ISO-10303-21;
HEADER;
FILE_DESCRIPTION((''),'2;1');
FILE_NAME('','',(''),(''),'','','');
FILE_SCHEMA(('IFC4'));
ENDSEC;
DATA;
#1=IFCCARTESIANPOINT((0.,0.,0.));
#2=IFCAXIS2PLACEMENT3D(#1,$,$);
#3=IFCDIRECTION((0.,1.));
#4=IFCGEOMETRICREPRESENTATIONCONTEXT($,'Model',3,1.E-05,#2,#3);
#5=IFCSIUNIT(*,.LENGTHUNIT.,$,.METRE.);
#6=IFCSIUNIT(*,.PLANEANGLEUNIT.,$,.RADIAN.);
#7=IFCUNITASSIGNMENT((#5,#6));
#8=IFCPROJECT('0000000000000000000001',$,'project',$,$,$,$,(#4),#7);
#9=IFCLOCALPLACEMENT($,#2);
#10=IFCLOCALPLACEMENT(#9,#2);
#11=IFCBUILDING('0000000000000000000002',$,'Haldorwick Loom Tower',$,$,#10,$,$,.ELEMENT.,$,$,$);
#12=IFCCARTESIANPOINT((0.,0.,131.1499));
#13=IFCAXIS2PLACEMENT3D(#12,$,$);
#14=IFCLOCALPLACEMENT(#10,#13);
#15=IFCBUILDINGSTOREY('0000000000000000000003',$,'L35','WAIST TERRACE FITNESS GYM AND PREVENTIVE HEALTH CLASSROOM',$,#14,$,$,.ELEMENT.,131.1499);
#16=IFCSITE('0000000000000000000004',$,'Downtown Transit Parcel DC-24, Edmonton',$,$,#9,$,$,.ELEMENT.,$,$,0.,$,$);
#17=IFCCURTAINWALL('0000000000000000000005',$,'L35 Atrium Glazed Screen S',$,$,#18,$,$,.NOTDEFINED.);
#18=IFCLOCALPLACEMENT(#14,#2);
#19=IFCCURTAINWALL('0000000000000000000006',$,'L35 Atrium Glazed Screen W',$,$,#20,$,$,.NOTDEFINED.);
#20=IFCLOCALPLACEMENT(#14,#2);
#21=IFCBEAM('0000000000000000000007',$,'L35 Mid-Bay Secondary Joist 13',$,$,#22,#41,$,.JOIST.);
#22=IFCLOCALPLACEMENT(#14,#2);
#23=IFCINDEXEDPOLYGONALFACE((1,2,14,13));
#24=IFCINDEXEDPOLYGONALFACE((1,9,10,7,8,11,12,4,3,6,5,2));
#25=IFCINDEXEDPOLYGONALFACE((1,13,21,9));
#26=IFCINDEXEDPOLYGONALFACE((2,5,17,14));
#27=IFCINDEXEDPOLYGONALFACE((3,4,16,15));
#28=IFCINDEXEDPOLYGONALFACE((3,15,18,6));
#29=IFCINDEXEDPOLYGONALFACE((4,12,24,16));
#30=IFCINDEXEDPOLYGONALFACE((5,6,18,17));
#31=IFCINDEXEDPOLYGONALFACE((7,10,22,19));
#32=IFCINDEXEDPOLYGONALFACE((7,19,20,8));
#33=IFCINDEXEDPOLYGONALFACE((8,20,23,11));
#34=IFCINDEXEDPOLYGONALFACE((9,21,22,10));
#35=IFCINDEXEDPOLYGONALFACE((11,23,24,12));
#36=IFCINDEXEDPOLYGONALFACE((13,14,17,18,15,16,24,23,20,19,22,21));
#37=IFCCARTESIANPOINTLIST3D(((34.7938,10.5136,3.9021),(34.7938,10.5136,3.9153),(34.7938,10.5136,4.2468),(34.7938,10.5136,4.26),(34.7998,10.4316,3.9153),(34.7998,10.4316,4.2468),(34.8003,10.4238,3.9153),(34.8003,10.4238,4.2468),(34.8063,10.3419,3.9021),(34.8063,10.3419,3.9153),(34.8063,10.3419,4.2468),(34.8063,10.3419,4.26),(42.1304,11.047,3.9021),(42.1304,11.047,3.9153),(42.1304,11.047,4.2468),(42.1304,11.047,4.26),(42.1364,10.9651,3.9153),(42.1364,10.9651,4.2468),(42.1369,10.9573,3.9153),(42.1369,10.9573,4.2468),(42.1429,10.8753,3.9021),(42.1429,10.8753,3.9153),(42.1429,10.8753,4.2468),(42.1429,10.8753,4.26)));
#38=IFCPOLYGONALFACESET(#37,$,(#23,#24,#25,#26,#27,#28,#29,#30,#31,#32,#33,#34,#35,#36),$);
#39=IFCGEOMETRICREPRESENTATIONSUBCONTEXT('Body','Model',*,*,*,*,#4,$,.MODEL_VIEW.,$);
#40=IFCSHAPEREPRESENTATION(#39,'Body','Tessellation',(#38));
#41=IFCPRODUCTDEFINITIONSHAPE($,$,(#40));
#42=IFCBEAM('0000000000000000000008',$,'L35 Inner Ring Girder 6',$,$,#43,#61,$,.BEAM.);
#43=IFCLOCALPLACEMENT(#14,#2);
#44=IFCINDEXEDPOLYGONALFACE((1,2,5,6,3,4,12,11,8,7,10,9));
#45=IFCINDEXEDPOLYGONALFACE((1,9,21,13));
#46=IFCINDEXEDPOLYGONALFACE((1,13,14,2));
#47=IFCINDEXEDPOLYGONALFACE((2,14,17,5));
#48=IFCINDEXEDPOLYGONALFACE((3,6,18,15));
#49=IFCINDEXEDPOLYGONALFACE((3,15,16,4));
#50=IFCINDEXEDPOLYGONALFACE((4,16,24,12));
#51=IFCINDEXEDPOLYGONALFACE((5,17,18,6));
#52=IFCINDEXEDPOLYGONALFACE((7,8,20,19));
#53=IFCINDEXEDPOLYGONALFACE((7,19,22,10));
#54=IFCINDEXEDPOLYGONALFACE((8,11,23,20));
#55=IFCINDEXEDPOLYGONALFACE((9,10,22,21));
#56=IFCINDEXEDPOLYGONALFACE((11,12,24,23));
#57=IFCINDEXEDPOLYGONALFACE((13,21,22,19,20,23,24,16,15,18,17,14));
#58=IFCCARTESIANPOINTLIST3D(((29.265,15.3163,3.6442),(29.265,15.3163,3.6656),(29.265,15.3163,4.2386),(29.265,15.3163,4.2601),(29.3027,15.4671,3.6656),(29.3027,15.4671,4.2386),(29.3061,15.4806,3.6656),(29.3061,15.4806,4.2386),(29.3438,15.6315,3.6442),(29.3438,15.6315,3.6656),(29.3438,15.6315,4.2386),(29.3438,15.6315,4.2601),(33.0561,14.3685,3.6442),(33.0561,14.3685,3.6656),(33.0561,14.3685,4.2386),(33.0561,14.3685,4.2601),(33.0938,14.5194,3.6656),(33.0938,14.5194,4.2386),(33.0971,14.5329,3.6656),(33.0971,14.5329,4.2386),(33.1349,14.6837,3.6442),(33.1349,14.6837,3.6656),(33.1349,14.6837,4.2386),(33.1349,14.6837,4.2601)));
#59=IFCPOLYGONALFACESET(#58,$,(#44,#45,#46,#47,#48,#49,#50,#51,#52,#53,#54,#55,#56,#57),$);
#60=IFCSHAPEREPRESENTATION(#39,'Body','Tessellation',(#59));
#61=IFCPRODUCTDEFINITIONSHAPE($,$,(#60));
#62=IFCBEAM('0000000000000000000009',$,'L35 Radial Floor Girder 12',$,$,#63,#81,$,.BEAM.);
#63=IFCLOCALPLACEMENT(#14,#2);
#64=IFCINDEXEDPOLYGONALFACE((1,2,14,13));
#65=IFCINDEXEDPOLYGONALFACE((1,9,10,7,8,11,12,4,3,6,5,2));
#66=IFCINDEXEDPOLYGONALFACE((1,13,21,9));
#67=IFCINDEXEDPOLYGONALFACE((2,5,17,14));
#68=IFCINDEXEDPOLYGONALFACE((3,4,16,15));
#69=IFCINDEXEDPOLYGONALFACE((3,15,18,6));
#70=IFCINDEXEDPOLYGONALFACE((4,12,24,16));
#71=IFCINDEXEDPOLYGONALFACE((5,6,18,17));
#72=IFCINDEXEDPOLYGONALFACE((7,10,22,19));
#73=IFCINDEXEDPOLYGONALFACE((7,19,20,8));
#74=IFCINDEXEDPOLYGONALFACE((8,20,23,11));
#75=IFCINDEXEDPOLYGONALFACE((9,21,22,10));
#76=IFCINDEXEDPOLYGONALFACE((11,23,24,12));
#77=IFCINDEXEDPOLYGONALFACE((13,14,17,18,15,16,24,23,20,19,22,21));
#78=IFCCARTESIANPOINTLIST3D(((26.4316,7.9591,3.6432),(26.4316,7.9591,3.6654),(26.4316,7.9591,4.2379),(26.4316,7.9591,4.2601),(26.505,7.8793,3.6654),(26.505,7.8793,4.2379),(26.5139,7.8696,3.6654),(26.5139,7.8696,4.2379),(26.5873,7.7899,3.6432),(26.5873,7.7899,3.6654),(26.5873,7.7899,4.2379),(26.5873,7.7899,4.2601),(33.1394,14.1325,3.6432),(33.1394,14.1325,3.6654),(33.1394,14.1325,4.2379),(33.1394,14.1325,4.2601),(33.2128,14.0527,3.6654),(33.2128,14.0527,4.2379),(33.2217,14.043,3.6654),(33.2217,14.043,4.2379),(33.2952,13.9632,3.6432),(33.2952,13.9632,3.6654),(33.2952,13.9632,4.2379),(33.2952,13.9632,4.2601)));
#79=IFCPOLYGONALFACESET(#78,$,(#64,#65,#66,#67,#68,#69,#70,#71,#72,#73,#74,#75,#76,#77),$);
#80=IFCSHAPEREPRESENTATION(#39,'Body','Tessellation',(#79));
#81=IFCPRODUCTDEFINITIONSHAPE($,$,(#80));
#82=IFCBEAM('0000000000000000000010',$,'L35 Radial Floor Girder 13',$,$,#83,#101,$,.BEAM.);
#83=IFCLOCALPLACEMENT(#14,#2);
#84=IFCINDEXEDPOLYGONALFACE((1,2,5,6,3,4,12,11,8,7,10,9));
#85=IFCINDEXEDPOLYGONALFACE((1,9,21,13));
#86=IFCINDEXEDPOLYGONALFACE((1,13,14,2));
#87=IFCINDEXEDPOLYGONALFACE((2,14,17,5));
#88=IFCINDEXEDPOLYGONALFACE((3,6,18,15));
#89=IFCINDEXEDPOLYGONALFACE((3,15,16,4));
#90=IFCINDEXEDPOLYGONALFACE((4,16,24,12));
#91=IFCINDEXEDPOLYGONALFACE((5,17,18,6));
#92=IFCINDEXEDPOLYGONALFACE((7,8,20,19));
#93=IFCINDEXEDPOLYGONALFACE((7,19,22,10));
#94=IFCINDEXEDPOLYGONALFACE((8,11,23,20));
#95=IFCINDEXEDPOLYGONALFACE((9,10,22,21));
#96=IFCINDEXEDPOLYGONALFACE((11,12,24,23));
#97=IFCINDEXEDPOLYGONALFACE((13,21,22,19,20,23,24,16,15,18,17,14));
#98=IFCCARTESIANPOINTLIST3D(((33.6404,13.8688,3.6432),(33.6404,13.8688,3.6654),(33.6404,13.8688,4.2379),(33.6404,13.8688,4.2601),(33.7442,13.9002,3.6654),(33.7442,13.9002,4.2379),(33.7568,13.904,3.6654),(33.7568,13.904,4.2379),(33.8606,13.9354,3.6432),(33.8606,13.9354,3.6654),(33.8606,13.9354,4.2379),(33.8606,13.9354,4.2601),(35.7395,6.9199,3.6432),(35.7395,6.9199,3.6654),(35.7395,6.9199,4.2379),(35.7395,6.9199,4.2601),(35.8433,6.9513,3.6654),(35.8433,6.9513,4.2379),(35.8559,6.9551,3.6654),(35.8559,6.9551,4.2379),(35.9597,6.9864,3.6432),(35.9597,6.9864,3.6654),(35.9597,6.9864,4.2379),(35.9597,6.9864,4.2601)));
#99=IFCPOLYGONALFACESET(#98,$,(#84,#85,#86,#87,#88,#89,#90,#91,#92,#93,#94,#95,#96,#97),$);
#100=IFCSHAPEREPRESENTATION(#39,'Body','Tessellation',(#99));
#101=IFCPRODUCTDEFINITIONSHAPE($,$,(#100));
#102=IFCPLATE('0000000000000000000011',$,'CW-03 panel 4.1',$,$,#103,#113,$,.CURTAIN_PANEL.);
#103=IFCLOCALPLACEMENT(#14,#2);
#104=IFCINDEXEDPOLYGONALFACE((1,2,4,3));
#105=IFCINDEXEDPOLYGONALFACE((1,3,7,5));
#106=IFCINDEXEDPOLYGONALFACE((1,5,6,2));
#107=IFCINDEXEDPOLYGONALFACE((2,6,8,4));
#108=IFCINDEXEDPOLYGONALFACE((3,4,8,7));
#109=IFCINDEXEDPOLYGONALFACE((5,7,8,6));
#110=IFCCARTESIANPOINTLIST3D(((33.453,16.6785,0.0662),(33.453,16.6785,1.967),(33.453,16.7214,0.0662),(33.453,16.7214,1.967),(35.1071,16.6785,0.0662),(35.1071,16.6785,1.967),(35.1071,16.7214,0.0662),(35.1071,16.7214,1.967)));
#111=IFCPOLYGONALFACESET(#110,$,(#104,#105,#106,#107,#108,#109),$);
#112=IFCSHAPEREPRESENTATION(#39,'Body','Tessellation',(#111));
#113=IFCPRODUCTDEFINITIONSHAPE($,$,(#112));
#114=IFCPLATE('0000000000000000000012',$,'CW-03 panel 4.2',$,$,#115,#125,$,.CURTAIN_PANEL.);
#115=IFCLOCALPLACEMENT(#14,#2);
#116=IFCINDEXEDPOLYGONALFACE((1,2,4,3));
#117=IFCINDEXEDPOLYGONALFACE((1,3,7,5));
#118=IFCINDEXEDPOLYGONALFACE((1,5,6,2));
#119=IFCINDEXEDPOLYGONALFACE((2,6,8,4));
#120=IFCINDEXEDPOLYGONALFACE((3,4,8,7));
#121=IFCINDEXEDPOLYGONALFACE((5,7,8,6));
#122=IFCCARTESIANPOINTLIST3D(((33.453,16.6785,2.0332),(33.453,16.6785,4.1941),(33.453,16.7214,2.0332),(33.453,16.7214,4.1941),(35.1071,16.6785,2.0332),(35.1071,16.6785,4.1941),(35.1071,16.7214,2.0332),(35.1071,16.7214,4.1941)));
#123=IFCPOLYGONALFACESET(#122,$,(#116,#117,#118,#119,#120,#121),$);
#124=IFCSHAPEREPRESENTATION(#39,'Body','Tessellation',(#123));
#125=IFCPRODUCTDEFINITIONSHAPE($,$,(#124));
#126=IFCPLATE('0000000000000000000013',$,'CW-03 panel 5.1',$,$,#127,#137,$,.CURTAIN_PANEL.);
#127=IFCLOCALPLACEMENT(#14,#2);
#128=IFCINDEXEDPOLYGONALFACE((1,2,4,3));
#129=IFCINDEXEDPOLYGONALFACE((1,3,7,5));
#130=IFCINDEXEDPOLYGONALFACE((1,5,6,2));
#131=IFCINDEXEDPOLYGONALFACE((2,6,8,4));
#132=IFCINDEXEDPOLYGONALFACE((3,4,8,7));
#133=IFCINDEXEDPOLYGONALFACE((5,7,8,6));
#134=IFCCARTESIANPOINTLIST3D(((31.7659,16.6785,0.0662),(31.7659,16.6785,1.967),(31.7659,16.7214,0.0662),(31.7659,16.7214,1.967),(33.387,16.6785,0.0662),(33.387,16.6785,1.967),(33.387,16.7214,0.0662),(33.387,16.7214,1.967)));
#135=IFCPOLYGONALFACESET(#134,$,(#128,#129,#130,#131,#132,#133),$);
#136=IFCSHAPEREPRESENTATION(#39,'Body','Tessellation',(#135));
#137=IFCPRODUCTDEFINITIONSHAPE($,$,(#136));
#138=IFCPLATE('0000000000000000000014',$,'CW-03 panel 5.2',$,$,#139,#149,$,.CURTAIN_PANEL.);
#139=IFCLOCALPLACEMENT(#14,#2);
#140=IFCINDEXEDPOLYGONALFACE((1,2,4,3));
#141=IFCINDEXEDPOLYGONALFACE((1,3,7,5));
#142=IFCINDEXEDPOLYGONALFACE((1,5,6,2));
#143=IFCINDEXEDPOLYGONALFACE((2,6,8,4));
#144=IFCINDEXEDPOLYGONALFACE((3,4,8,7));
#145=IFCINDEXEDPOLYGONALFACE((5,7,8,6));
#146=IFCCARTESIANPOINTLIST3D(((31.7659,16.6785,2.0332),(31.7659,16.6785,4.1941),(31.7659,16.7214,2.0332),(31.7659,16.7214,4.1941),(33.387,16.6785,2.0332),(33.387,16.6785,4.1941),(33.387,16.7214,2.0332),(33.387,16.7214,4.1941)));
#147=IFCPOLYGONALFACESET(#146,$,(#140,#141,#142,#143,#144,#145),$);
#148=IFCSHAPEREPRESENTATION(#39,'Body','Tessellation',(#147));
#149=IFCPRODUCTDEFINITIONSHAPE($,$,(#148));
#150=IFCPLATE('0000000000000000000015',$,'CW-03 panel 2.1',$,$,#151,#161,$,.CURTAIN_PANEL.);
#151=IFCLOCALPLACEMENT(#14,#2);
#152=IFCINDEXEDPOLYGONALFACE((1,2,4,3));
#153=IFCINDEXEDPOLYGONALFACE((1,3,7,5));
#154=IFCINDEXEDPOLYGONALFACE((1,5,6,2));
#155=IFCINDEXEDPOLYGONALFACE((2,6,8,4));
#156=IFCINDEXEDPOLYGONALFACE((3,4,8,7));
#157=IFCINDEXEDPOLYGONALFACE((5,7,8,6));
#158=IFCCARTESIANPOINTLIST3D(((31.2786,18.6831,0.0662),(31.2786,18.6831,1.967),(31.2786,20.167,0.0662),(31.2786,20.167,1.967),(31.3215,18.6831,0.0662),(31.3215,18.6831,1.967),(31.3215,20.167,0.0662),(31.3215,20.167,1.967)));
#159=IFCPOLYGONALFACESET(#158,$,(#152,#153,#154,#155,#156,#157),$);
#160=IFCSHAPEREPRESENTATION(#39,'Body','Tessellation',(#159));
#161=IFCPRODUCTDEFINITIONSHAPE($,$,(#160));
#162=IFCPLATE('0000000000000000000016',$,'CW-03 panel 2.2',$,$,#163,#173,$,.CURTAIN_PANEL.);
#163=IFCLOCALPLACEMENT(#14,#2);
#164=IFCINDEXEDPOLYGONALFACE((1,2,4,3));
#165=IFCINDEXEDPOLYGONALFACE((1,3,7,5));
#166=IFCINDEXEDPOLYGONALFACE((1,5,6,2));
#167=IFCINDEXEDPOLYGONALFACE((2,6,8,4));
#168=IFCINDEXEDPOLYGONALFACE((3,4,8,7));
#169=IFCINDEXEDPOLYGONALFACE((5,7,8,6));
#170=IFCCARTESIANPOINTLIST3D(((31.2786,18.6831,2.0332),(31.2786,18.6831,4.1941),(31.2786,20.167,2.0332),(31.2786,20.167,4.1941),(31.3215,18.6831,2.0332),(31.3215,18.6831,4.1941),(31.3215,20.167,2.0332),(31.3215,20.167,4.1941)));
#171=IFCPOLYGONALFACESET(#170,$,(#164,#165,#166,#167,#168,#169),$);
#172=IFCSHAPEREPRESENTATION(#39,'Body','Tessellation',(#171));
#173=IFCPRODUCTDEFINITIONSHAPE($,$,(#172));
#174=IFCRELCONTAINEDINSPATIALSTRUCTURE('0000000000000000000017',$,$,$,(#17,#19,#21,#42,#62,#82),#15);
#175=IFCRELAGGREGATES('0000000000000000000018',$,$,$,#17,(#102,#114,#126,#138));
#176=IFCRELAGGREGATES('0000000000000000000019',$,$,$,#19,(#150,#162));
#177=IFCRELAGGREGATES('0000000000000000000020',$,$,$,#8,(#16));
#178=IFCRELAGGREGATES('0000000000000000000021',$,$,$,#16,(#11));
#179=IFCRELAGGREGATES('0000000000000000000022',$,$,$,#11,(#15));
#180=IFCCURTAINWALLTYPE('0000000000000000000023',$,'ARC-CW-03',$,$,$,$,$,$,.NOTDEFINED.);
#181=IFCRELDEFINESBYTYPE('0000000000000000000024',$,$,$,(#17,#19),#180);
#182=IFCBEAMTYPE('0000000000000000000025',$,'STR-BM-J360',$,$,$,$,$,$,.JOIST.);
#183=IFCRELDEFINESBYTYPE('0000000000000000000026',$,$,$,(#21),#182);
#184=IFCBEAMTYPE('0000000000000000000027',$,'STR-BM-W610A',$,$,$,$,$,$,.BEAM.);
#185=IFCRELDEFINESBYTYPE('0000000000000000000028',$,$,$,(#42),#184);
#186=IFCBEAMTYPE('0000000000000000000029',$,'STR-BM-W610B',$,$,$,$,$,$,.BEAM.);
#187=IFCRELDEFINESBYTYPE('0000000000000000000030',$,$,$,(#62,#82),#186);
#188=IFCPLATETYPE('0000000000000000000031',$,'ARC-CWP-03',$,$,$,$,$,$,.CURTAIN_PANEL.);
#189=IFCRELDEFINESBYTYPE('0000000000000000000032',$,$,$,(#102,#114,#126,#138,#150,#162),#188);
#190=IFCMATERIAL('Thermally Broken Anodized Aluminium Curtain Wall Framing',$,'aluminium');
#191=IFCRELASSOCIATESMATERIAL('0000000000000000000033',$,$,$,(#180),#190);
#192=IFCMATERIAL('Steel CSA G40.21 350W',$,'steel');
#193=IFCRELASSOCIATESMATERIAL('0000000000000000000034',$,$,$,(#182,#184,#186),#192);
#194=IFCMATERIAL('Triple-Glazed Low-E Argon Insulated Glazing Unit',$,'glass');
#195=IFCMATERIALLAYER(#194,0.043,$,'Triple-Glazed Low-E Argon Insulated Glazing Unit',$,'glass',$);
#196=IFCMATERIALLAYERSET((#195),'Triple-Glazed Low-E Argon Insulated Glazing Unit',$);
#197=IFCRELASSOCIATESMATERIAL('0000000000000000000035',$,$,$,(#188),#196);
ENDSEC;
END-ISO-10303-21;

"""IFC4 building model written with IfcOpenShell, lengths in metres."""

from ifc_helpers import new_model, si_unit, direction, frame, origin, origin_2d, place, context, subcontext, project, spatial, rectangle, i_section, extrude, material, layer, layer_set, material_profile, profile_set, type_object, element, aggregate, save


model = new_model("IFC4")

# Units and contexts
model_context = context("Model", 3, precision=1e-05, world=origin(), true_north=direction((0.0, 1.0)))
body_context = subcontext(model_context, "Body", "Model", "MODEL_VIEW")
ifc_project = project(units=[si_unit("LENGTHUNIT", "METRE"), si_unit("PLANEANGLEUNIT", "RADIAN")], contexts=[model_context])

# Site, building, storey
site_placement = place(None, origin())
site = spatial("IfcSite", under=ifc_project, at=site_placement, Name="Downtown Transit Parcel DC-24, Edmonton", CompositionType="ELEMENT", RefElevation=0.0)
building_placement = place(site_placement, origin())
building = spatial("IfcBuilding", under=site, at=building_placement, Name="Haldorwick Loom Tower", CompositionType="ELEMENT")
storey_placement = place(building_placement, frame((0.0, 0.0, 131.1499)))
storey = spatial("IfcBuildingStorey", under=building, at=storey_placement, Name="L35", Description="WAIST TERRACE FITNESS GYM AND PREVENTIVE HEALTH CLASSROOM", CompositionType="ELEMENT", Elevation=131.1499)

# Curtain wall
ifc_material_1 = material(Name="Thermally Broken Anodized Aluminium Curtain Wall Framing", Category="aluminium")
curtain_wall_type = type_object("IfcCurtainWallType", Name="ARC-CW-03", PredefinedType="NOTDEFINED", material=ifc_material_1)
curtain_wall_1_placement = place(storey_placement, origin())
curtain_wall_1 = element("IfcCurtainWall", 1, at=curtain_wall_1_placement, inside=storey, type_object=curtain_wall_type, Name="L35 Atrium Glazed Screen S", PredefinedType="NOTDEFINED")

# Curtain wall
curtain_wall_2_placement = place(storey_placement, origin())
curtain_wall_2 = element("IfcCurtainWall", 2, at=curtain_wall_2_placement, inside=storey, type_object=curtain_wall_type, Name="L35 Atrium Glazed Screen W", PredefinedType="NOTDEFINED")

# Beams
ifc_material_2 = material(Name="Steel CSA G40.21 350W", Category="steel")
ifc_material_profile_1 = material_profile(ifc_material_2, i_section(OverallWidth=0.1721, OverallDepth=0.3579, WebThickness=0.0078, FlangeThickness=0.0132, at=origin_2d()), Name="W360X57", Category="steel")
ifc_profile_set_1 = profile_set([ifc_material_profile_1], Name="Steel CSA G40.21 350W")
beam_type_1 = type_object("IfcBeamType", Name="STR-BM-J360", PredefinedType="JOIST", material=ifc_profile_set_1)
beam_1_placement = place(storey_placement, frame((34.8, 10.4277, 4.0811), z_axis=(0.997367, 0.072518, 0.0), x_axis=(-0.072518, 0.997367, 0.0)))
element("IfcBeam", 3, at=beam_1_placement, inside=storey, type_object=beam_type_1, Name="L35 Mid-Bay Secondary Joist 13", PredefinedType="JOIST", context=body_context, shape_type="SweptSolid", body=[
    extrude(i_section(OverallWidth=0.1721, OverallDepth=0.3579, WebThickness=0.0078, FlangeThickness=0.0132, at=origin_2d()), origin(), (0.0, 0.0, 1.0), 7.356),
])
ifc_material_profile_2 = material_profile(ifc_material_2, i_section(OverallWidth=0.325, OverallDepth=0.616, WebThickness=0.0139, FlangeThickness=0.0215, at=origin_2d()), Name="W610X174", Category="steel")
ifc_profile_set_2 = profile_set([ifc_material_profile_2], Name="Steel CSA G40.21 350W")
beam_type_2 = type_object("IfcBeamType", Name="STR-BM-W610A", PredefinedType="BEAM", material=ifc_profile_set_2)
beam_2_placement = place(storey_placement, frame((33.0955, 14.5261, 3.9521), z_axis=(-0.970143, 0.242536, 0.0), x_axis=(-0.242536, -0.970143, 0.0)))
element("IfcBeam", 4, at=beam_2_placement, inside=storey, type_object=beam_type_2, Name="L35 Inner Ring Girder 6", PredefinedType="BEAM", context=body_context, shape_type="SweptSolid", body=[
    extrude(i_section(OverallWidth=0.325, OverallDepth=0.616, WebThickness=0.0139, FlangeThickness=0.0215, at=origin_2d()), origin(), (0.0, 0.0, 1.0), 3.9077),
])
ifc_material_profile_3 = material_profile(ifc_material_2, i_section(OverallWidth=0.23, OverallDepth=0.6169, WebThickness=0.0132, FlangeThickness=0.0222, at=origin_2d()), Name="W610X140", Category="steel")
ifc_profile_set_3 = profile_set([ifc_material_profile_3], Name="Steel CSA G40.21 350W")
beam_type_3 = type_object("IfcBeamType", Name="STR-BM-W610B", PredefinedType="BEAM", material=ifc_profile_set_3)
beam_3_placement = place(storey_placement, frame((33.2173, 14.0479, 3.9517), z_axis=(-0.735811, -0.677187, 0.0), x_axis=(0.677187, -0.735811, 0.0)))
element("IfcBeam", 5, at=beam_3_placement, inside=storey, type_object=beam_type_3, Name="L35 Radial Floor Girder 12", PredefinedType="BEAM", context=body_context, shape_type="SweptSolid", body=[
    extrude(i_section(OverallWidth=0.23, OverallDepth=0.6169, WebThickness=0.0132, FlangeThickness=0.0222, at=origin_2d()), origin(), (0.0, 0.0, 1.0), 9.1162),
])
beam_4_placement = place(storey_placement, frame((33.7505, 13.9021, 3.9517), z_axis=(0.289171, -0.957277, 0.0), x_axis=(0.957277, 0.289171, 0.0)))
element("IfcBeam", 6, at=beam_4_placement, inside=storey, type_object=beam_type_3, Name="L35 Radial Floor Girder 13", PredefinedType="BEAM", context=body_context, shape_type="SweptSolid", body=[
    extrude(i_section(OverallWidth=0.23, OverallDepth=0.6169, WebThickness=0.0132, FlangeThickness=0.0222, at=origin_2d()), origin(), (0.0, 0.0, 1.0), 7.259),
])

# Plates
ifc_material_3 = material(Name="Triple-Glazed Low-E Argon Insulated Glazing Unit", Category="glass")
ifc_layer = layer(ifc_material_3, 0.043, Name="Triple-Glazed Low-E Argon Insulated Glazing Unit", Category="glass")
ifc_layer_set = layer_set([ifc_layer], Name="Triple-Glazed Low-E Argon Insulated Glazing Unit")
plate_type = type_object("IfcPlateType", Name="ARC-CWP-03", PredefinedType="CURTAIN_PANEL", material=ifc_layer_set)
plate_1_placement = place(storey_placement, frame((34.28, 16.7, 0.0662), z_axis=(0.0, 0.0, 1.0), x_axis=(-1.0, 0.0, 0.0)))
plate_1 = element("IfcPlate", 7, at=plate_1_placement, type_object=plate_type, Name="CW-03 panel 4.1", PredefinedType="CURTAIN_PANEL", context=body_context, shape_type="SweptSolid", body=[
    extrude(rectangle(XDim=1.6541, YDim=0.043, at=origin_2d()), origin(), (0.0, 0.0, 1.0), 1.9009),
])
plate_2_placement = place(storey_placement, frame((34.28, 16.7, 2.0332), z_axis=(0.0, 0.0, 1.0), x_axis=(-1.0, 0.0, 0.0)))
plate_2 = element("IfcPlate", 8, at=plate_2_placement, type_object=plate_type, Name="CW-03 panel 4.2", PredefinedType="CURTAIN_PANEL", context=body_context, shape_type="SweptSolid", body=[
    extrude(rectangle(XDim=1.6541, YDim=0.043, at=origin_2d()), origin(), (0.0, 0.0, 1.0), 2.1609),
])
plate_3_placement = place(storey_placement, frame((32.5764, 16.7, 0.0662), z_axis=(0.0, 0.0, 1.0), x_axis=(-1.0, 0.0, 0.0)))
plate_3 = element("IfcPlate", 9, at=plate_3_placement, type_object=plate_type, Name="CW-03 panel 5.1", PredefinedType="CURTAIN_PANEL", context=body_context, shape_type="SweptSolid", body=[
    extrude(rectangle(XDim=1.6211, YDim=0.043, at=origin_2d()), origin(), (0.0, 0.0, 1.0), 1.9009),
])
plate_4_placement = place(storey_placement, frame((32.5764, 16.7, 2.0332), z_axis=(0.0, 0.0, 1.0), x_axis=(-1.0, 0.0, 0.0)))
plate_4 = element("IfcPlate", 10, at=plate_4_placement, type_object=plate_type, Name="CW-03 panel 5.2", PredefinedType="CURTAIN_PANEL", context=body_context, shape_type="SweptSolid", body=[
    extrude(rectangle(XDim=1.6211, YDim=0.043, at=origin_2d()), origin(), (0.0, 0.0, 1.0), 2.1609),
])
aggregate(curtain_wall_1, [plate_1, plate_2, plate_3, plate_4])
plate_5_placement = place(storey_placement, frame((31.3, 19.425, 0.0662), z_axis=(0.0, 0.0, 1.0), x_axis=(0.0, 1.0, 0.0)))
plate_5 = element("IfcPlate", 11, at=plate_5_placement, type_object=plate_type, Name="CW-03 panel 2.1", PredefinedType="CURTAIN_PANEL", context=body_context, shape_type="SweptSolid", body=[
    extrude(rectangle(XDim=1.4839, YDim=0.043, at=origin_2d()), origin(), (0.0, 0.0, 1.0), 1.9009),
])
plate_6_placement = place(storey_placement, frame((31.3, 19.425, 2.0332), z_axis=(0.0, 0.0, 1.0), x_axis=(0.0, 1.0, 0.0)))
plate_6 = element("IfcPlate", 12, at=plate_6_placement, type_object=plate_type, Name="CW-03 panel 2.2", PredefinedType="CURTAIN_PANEL", context=body_context, shape_type="SweptSolid", body=[
    extrude(rectangle(XDim=1.4839, YDim=0.043, at=origin_2d()), origin(), (0.0, 0.0, 1.0), 2.1609),
])
aggregate(curtain_wall_2, [plate_5, plate_6])

save(model, "model.ifc")
